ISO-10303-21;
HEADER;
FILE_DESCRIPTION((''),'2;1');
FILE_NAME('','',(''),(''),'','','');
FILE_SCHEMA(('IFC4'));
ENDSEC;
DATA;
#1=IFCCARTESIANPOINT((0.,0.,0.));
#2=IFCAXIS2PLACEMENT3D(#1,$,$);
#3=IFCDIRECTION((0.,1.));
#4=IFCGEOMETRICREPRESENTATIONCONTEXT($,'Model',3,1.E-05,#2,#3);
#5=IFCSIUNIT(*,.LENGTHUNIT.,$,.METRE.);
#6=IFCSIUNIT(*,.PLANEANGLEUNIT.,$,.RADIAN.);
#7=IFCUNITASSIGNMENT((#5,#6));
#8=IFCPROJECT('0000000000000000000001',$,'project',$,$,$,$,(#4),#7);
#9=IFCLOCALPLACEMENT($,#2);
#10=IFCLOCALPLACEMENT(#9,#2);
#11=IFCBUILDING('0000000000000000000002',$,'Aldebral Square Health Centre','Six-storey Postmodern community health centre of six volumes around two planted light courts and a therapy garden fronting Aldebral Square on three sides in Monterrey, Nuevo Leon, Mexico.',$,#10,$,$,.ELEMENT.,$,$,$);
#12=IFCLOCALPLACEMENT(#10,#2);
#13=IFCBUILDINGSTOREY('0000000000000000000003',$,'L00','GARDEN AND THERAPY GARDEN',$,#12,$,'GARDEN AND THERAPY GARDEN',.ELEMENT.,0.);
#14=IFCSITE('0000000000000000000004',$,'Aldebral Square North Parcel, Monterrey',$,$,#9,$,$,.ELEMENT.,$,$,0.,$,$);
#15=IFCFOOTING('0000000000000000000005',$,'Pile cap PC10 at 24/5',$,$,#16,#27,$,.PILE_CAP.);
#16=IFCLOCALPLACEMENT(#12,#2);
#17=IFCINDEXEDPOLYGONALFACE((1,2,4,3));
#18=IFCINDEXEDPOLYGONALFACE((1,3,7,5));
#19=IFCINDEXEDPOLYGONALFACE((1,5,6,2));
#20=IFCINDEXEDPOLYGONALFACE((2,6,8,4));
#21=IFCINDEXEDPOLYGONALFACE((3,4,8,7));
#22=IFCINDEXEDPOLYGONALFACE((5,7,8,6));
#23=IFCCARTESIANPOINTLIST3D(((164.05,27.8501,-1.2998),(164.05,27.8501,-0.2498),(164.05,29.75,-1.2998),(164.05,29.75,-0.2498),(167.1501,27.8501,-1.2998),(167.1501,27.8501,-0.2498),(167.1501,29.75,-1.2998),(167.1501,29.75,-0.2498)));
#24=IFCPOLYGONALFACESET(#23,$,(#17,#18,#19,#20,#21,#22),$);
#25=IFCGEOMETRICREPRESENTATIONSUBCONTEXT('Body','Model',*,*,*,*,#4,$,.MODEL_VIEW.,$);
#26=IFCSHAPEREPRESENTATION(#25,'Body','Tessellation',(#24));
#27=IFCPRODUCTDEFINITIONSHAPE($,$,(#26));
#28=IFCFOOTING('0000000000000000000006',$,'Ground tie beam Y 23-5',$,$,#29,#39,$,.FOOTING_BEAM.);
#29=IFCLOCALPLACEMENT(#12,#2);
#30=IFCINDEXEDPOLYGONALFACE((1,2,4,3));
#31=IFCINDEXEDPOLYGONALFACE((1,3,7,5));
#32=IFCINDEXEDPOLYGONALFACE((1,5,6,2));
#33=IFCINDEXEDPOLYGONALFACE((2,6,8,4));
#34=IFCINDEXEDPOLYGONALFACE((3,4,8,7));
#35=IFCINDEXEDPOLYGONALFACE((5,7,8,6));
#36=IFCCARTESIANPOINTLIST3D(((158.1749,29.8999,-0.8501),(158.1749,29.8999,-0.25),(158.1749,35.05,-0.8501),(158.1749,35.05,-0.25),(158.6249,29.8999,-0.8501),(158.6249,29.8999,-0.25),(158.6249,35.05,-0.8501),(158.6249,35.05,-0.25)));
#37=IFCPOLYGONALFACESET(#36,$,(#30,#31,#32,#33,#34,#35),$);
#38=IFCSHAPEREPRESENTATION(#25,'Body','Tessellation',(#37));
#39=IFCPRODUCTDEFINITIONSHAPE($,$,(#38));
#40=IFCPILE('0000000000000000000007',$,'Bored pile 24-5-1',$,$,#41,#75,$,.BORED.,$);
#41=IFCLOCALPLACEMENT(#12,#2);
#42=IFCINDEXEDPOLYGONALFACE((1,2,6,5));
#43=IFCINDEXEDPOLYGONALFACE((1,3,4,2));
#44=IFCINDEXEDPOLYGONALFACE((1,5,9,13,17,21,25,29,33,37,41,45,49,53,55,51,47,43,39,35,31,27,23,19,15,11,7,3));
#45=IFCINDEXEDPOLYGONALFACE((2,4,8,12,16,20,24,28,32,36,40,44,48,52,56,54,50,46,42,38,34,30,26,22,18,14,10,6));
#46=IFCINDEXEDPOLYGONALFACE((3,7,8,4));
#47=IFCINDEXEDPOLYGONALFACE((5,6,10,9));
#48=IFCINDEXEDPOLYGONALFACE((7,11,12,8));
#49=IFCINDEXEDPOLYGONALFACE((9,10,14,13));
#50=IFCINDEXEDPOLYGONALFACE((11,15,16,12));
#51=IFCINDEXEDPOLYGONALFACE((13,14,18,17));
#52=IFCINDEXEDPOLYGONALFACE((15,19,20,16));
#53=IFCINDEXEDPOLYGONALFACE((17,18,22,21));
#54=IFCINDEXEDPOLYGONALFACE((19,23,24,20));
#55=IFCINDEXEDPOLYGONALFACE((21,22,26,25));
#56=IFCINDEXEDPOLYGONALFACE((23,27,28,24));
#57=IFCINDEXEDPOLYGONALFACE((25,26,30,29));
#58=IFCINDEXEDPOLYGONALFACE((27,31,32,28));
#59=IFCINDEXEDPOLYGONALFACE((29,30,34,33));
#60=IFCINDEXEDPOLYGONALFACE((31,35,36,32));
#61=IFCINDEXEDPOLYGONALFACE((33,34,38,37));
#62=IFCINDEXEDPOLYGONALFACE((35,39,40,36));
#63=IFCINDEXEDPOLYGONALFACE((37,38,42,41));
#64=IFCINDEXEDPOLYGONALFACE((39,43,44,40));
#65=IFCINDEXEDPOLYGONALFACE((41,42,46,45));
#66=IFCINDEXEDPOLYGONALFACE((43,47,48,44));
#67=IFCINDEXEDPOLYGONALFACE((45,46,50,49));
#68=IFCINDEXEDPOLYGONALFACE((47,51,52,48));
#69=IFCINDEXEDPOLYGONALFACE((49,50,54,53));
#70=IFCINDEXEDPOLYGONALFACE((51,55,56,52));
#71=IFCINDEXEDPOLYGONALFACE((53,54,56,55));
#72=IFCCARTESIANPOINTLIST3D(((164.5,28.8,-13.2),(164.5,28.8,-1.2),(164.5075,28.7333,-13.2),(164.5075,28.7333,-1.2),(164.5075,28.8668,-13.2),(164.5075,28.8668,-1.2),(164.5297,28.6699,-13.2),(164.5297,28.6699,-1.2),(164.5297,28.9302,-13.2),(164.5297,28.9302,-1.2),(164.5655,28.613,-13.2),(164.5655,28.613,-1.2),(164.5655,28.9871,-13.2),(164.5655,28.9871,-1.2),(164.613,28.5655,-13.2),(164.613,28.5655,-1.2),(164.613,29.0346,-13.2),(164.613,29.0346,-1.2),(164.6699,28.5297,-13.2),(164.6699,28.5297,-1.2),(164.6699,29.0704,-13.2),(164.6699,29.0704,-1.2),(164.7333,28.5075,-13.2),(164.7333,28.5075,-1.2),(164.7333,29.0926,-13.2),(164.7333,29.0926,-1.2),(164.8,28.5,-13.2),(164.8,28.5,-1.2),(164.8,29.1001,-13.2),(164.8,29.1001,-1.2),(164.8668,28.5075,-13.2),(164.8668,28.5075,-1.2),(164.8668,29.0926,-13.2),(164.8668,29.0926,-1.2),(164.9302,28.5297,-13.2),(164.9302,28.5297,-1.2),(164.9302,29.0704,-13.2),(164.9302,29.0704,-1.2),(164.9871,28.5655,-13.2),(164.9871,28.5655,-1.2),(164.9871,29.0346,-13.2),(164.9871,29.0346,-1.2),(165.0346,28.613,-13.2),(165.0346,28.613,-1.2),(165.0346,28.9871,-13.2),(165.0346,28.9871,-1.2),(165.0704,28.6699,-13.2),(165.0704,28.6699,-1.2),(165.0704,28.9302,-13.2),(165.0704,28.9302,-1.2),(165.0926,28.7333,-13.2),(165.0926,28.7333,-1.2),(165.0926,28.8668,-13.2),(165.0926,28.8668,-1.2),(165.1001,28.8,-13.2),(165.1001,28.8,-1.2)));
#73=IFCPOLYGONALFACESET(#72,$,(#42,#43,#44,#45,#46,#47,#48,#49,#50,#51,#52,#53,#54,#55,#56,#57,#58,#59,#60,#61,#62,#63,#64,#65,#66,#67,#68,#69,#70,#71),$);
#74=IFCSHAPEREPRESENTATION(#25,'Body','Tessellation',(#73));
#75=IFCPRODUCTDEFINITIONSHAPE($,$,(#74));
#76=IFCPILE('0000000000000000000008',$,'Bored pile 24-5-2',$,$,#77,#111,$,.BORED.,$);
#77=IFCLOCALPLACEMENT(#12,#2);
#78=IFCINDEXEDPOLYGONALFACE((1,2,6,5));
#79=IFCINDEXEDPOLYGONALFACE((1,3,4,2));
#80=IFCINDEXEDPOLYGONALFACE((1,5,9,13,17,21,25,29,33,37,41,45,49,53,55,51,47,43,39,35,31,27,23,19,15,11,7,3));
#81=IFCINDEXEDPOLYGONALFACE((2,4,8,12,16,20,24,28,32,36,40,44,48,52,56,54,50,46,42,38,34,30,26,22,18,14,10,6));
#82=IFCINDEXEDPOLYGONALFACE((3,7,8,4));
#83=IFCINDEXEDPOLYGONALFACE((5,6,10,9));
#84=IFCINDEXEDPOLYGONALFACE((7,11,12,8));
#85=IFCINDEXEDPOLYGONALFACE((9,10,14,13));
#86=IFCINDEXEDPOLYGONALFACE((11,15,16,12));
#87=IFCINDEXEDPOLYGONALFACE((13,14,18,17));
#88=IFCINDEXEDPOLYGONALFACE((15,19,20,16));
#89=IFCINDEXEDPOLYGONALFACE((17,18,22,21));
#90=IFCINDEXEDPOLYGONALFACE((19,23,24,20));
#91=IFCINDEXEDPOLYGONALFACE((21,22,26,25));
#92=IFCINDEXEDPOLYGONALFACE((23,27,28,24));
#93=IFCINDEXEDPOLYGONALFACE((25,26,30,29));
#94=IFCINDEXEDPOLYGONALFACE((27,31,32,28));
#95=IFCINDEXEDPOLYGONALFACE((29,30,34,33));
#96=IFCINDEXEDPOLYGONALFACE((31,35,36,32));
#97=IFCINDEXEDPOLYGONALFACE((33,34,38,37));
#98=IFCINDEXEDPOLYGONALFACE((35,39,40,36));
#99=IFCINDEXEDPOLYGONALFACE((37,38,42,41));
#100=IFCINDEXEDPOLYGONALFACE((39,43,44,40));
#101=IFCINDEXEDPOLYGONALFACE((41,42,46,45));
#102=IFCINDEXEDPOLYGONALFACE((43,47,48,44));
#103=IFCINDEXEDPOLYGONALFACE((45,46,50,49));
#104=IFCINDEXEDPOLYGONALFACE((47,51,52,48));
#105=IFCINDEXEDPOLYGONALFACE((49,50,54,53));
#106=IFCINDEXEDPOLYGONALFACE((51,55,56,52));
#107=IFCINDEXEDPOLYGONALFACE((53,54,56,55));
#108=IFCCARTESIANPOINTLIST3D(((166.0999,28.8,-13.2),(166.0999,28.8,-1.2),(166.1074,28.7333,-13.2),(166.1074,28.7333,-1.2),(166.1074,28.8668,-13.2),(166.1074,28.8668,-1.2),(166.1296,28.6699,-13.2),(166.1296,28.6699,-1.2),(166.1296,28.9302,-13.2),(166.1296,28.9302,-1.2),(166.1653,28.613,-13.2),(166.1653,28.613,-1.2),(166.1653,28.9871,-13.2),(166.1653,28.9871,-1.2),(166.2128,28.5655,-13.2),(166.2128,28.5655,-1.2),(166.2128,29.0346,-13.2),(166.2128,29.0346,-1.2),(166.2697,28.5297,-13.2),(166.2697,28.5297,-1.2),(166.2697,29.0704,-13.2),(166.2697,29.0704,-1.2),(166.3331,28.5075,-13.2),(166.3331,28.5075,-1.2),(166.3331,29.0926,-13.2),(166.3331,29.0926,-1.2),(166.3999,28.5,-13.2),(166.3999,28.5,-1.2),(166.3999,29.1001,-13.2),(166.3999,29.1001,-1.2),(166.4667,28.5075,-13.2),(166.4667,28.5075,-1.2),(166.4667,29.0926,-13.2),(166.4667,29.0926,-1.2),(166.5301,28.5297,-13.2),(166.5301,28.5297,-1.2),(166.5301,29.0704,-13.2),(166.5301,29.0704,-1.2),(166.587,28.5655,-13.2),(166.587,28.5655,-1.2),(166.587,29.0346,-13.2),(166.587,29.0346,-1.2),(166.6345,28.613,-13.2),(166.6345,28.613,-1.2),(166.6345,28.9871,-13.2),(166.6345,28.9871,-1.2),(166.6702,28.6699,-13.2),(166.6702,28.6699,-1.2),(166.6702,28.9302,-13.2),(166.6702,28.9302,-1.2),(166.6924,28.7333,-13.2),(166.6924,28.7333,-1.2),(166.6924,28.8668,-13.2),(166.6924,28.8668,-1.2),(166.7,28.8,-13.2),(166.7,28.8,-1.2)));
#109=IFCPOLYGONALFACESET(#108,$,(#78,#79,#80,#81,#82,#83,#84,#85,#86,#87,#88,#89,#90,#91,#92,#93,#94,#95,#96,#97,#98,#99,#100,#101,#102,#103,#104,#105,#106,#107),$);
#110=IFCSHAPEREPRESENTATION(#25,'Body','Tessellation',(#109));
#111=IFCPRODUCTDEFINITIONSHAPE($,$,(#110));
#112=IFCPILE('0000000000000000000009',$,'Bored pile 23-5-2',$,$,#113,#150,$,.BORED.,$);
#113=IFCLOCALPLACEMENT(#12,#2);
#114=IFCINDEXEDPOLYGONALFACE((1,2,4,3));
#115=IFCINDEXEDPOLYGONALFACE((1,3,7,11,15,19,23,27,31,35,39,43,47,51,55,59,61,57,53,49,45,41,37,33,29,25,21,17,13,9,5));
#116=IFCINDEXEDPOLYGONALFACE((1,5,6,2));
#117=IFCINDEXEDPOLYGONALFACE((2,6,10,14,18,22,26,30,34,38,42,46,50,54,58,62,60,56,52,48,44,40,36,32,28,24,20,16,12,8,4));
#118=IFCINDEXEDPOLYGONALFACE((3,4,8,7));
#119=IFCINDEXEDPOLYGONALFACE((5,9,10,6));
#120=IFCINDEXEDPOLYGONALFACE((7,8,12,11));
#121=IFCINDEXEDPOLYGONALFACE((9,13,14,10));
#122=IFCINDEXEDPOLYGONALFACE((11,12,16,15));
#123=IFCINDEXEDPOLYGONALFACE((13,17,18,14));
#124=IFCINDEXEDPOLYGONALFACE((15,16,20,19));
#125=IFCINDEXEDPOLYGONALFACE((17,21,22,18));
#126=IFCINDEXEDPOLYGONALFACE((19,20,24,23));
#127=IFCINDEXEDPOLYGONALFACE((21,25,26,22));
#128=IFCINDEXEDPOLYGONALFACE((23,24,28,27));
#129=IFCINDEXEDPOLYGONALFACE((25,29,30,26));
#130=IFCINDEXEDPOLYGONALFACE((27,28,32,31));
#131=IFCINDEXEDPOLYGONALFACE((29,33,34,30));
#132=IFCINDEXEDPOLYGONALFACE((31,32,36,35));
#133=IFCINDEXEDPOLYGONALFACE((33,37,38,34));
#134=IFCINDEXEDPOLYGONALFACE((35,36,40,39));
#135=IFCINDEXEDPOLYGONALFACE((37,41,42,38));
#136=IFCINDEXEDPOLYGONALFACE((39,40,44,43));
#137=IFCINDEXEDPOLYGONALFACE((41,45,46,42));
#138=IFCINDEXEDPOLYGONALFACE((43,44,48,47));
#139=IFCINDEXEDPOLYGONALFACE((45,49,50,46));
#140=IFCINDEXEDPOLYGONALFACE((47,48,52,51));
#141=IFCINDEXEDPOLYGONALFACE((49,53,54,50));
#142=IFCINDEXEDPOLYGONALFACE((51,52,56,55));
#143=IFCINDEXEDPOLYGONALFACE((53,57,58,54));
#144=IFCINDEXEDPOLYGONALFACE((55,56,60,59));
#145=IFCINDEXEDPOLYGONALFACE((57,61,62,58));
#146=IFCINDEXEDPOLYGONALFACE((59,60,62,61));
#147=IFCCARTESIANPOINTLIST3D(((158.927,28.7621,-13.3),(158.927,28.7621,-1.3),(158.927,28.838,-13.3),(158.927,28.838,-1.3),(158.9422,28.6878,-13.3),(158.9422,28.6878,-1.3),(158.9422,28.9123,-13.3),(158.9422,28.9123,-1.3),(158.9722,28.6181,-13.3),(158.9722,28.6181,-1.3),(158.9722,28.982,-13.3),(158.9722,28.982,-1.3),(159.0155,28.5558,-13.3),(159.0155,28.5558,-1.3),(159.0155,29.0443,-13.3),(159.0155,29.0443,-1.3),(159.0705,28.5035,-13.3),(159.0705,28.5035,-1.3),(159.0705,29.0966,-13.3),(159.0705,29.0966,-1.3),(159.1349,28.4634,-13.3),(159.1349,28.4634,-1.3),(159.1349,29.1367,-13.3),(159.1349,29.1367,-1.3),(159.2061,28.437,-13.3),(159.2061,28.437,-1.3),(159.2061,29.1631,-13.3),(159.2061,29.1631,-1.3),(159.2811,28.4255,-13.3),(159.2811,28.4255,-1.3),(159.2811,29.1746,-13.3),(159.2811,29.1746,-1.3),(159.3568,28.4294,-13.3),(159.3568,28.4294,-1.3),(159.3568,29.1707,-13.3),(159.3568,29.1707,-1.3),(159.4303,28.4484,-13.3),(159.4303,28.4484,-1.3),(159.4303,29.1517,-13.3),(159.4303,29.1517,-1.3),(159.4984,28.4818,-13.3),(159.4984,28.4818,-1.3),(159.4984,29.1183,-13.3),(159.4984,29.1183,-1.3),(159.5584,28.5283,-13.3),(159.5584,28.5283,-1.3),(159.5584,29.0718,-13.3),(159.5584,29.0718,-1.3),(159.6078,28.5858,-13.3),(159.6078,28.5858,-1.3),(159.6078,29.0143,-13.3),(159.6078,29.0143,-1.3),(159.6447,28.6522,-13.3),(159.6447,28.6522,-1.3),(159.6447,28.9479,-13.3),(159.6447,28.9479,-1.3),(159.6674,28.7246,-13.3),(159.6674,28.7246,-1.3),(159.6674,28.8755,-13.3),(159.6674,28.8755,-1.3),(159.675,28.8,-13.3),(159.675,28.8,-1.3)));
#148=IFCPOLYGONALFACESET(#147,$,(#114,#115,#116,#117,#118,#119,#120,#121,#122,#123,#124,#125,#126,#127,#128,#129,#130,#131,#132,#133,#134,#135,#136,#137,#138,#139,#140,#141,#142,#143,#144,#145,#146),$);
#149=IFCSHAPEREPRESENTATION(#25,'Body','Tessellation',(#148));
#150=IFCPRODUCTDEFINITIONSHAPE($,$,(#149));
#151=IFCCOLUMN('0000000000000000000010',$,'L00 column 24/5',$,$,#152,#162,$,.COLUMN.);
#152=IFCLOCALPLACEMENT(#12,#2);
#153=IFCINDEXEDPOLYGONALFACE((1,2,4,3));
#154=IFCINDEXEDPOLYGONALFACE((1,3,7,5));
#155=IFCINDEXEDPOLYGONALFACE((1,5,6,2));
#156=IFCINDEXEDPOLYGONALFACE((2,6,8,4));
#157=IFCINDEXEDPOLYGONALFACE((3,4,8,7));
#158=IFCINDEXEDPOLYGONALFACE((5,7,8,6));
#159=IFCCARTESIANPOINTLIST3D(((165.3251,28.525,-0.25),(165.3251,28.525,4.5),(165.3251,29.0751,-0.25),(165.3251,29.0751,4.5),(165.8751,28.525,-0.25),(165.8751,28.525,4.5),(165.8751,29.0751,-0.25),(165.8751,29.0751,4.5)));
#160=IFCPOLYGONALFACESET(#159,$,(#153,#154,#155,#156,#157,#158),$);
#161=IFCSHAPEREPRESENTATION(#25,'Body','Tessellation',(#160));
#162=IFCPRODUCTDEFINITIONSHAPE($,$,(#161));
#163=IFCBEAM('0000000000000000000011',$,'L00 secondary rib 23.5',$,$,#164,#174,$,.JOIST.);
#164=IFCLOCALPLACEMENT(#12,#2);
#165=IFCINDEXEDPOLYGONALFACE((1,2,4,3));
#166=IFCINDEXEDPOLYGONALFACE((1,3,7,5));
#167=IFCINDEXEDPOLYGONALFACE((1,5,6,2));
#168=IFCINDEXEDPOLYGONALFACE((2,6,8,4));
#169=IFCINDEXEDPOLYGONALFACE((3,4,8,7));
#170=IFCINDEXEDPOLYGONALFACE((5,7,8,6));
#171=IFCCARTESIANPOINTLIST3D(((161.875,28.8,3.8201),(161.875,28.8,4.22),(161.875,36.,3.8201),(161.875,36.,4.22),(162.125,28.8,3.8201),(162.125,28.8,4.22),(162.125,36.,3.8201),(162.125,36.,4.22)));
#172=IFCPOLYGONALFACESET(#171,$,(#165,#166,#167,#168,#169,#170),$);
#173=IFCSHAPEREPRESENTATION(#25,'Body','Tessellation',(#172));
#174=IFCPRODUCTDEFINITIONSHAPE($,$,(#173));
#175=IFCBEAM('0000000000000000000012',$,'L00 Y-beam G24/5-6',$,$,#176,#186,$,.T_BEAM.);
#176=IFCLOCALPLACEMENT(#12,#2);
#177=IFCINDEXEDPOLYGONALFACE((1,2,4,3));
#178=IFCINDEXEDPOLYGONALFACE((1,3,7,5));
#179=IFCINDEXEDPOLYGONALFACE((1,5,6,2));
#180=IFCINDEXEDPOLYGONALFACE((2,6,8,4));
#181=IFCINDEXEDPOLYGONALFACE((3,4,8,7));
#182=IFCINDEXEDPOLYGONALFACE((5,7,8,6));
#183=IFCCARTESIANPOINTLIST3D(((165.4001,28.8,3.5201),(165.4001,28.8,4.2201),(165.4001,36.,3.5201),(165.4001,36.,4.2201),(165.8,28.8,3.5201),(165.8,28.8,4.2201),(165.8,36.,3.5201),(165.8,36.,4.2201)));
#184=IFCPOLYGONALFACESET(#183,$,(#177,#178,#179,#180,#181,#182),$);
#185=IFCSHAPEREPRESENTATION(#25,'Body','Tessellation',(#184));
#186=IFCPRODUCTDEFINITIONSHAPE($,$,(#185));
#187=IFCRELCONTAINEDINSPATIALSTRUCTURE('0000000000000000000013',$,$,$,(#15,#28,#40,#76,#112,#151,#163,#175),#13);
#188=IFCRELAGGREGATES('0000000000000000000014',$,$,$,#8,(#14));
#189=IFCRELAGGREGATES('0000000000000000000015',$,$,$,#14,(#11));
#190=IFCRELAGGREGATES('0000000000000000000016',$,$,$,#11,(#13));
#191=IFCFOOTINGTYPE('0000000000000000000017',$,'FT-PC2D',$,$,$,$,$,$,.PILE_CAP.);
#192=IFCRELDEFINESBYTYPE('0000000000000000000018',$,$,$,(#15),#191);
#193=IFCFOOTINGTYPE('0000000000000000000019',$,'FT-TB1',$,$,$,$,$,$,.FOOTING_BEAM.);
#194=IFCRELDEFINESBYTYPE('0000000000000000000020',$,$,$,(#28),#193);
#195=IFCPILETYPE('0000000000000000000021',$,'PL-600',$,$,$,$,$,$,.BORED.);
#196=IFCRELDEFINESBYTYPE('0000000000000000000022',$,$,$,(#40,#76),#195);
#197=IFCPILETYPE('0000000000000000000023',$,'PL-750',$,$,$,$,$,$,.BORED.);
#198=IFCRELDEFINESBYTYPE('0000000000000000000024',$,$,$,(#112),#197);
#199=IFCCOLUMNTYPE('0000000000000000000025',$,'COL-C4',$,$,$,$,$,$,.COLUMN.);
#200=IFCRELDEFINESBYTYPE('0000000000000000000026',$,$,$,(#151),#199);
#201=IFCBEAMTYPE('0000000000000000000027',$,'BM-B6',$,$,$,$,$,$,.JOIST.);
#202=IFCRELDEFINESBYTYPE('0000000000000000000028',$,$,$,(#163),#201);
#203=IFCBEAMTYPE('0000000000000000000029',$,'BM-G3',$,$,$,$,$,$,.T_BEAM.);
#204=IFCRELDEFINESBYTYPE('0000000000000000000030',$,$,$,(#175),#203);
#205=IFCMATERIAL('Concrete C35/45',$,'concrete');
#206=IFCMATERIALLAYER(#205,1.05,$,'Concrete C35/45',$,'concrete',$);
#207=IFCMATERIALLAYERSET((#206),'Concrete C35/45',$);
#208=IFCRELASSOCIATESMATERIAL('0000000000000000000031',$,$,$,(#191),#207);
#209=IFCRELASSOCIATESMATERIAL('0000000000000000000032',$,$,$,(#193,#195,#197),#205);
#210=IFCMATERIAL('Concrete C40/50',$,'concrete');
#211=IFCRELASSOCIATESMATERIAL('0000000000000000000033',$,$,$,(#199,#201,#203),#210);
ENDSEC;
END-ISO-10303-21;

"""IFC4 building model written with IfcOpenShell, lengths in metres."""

from ifc_helpers import new_model, si_unit, direction, frame, origin, origin_2d, place, context, subcontext, project, spatial, rectangle, circle, extrude, material, layer, layer_set, material_profile, profile_set, type_object, element, save


model = new_model("IFC4")

# Units and contexts
model_context = context("Model", 3, precision=1e-05, world=origin(), true_north=direction((0.0, 1.0)))
body_context = subcontext(model_context, "Body", "Model", "MODEL_VIEW")
ifc_project = project(units=[si_unit("LENGTHUNIT", "METRE"), si_unit("PLANEANGLEUNIT", "RADIAN")], contexts=[model_context])

# Site, building, storey
site_placement = place(None, origin())
site = spatial("IfcSite", under=ifc_project, at=site_placement, Name="Aldebral Square North Parcel, Monterrey", CompositionType="ELEMENT", RefElevation=0.0)
building_placement = place(site_placement, origin())
building = spatial("IfcBuilding", under=site, at=building_placement, Name="Aldebral Square Health Centre", Description="Six-storey Postmodern community health centre of six volumes around two planted light courts and a therapy garden fronting Aldebral Square on three sides in Monterrey, Nuevo Leon, Mexico.", CompositionType="ELEMENT")
storey_placement = place(building_placement, origin())
storey = spatial("IfcBuildingStorey", under=building, at=storey_placement, Name="L00", Description="GARDEN AND THERAPY GARDEN", LongName="GARDEN AND THERAPY GARDEN", CompositionType="ELEMENT", Elevation=0.0)

# Footings
ifc_material_1 = material(Name="Concrete C35/45", Category="concrete")
ifc_layer_1 = layer(ifc_material_1, 1.05, Name="Concrete C35/45", Category="concrete")
ifc_layer_set_1 = layer_set([ifc_layer_1], Name="Concrete C35/45")
footing_type_1 = type_object("IfcFootingType", Name="FT-PC2D", PredefinedType="PILE_CAP", material=ifc_layer_set_1)
footing_1_placement = place(storey_placement, frame((165.6001, 28.8, -1.2998), z_axis=(0.0, 0.0, 1.0), x_axis=(1.0, 0.0, 0.0)))
element("IfcFooting", 1, at=footing_1_placement, inside=storey, type_object=footing_type_1, Name="Pile cap PC10 at 24/5", PredefinedType="PILE_CAP", context=body_context, shape_type="SweptSolid", body=[
    extrude(rectangle(XDim=3.1001, YDim=1.8999, at=origin_2d()), origin(), (0.0, 0.0, 1.0), 1.05),
])
ifc_material_profile_1 = material_profile(ifc_material_1, rectangle(XDim=0.45, YDim=0.6001, at=origin_2d()), Name="RC 450x600")
ifc_profile_set_1 = profile_set([ifc_material_profile_1], Name="Concrete C35/45")
footing_type_2 = type_object("IfcFootingType", Name="FT-TB1", PredefinedType="FOOTING_BEAM", material=ifc_profile_set_1)
footing_2_placement = place(storey_placement, frame((158.3999, 29.8999, -0.55), z_axis=(0.0, 1.0, 0.0), x_axis=(-1.0, 0.0, 0.0)))
element("IfcFooting", 2, at=footing_2_placement, inside=storey, type_object=footing_type_2, Name="Ground tie beam Y 23-5", PredefinedType="FOOTING_BEAM", context=body_context, shape_type="SweptSolid", body=[
    extrude(rectangle(XDim=0.45, YDim=0.6001, at=origin_2d()), origin(), (0.0, 0.0, 1.0), 5.1501),
])

# Piles
ifc_material_profile_2 = material_profile(ifc_material_1, circle(Radius=0.3, at=origin_2d()), Name="PILE D600")
ifc_profile_set_2 = profile_set([ifc_material_profile_2], Name="Concrete C35/45")
pile_type_1 = type_object("IfcPileType", Name="PL-600", PredefinedType="BORED", material=ifc_profile_set_2)
for number, where, z_axis, x_axis, name in (
    (3, (164.8, 28.8, -1.2), (0.0, 0.0, -1.0), (1.0, 0.0, 0.0), "Bored pile 24-5-1"),
    (4, (166.3999, 28.8, -1.2), (0.0, 0.0, -1.0), (1.0, 0.0, 0.0), "Bored pile 24-5-2"),
):
    element("IfcPile", number, at=place(storey_placement, frame(where, z_axis=z_axis, x_axis=x_axis)), inside=storey, type_object=pile_type_1, Name=name, PredefinedType="BORED", context=body_context, shape_type="SweptSolid", body=[
        extrude(circle(Radius=0.3, at=origin_2d()), origin(), (0.0, 0.0, 1.0), 12.0),
    ])
ifc_material_profile_3 = material_profile(ifc_material_1, circle(Radius=0.375, at=origin_2d()), Name="PILE D750")
ifc_profile_set_3 = profile_set([ifc_material_profile_3], Name="Concrete C35/45")
pile_type_2 = type_object("IfcPileType", Name="PL-750", PredefinedType="BORED", material=ifc_profile_set_3)
pile_placement = place(storey_placement, frame((159.3, 28.8, -1.3), z_axis=(0.0, 0.0, -1.0), x_axis=(1.0, 0.0, 0.0)))
element("IfcPile", 5, at=pile_placement, inside=storey, type_object=pile_type_2, Name="Bored pile 23-5-2", PredefinedType="BORED", context=body_context, shape_type="SweptSolid", body=[
    extrude(circle(Radius=0.375, at=origin_2d()), origin(), (0.0, 0.0, 1.0), 12.0),
])

# Column
ifc_material_2 = material(Name="Concrete C40/50", Category="concrete")
ifc_material_profile_4 = material_profile(ifc_material_2, rectangle(XDim=0.55, YDim=0.55, at=origin_2d()), Name="RC 550x550")
ifc_profile_set_4 = profile_set([ifc_material_profile_4], Name="Concrete C40/50")
column_type = type_object("IfcColumnType", Name="COL-C4", PredefinedType="COLUMN", material=ifc_profile_set_4)
column_placement = place(storey_placement, frame((165.6001, 28.8, -0.25), z_axis=(0.0, 0.0, 1.0), x_axis=(1.0, 0.0, 0.0)))
element("IfcColumn", 6, at=column_placement, inside=storey, type_object=column_type, Name="L00 column 24/5", PredefinedType="COLUMN", context=body_context, shape_type="SweptSolid", body=[
    extrude(rectangle(XDim=0.55, YDim=0.55, at=origin_2d()), origin(), (0.0, 0.0, 1.0), 4.75),
])

# Beams
ifc_material_profile_5 = material_profile(ifc_material_2, rectangle(XDim=0.25, YDim=0.3999, at=origin_2d()), Name="RC 250x400")
ifc_profile_set_5 = profile_set([ifc_material_profile_5], Name="Concrete C40/50")
beam_type_1 = type_object("IfcBeamType", Name="BM-B6", PredefinedType="JOIST", material=ifc_profile_set_5)
beam_1_placement = place(storey_placement, frame((162.0, 28.8, 4.02), z_axis=(0.0, 1.0, 0.0), x_axis=(-1.0, 0.0, 0.0)))
element("IfcBeam", 7, at=beam_1_placement, inside=storey, type_object=beam_type_1, Name="L00 secondary rib 23.5", PredefinedType="JOIST", context=body_context, shape_type="SweptSolid", body=[
    extrude(rectangle(XDim=0.25, YDim=0.3999, at=origin_2d()), origin(), (0.0, 0.0, 1.0), 7.2),
])
ifc_material_profile_6 = material_profile(ifc_material_2, rectangle(XDim=0.3999, YDim=0.7, at=origin_2d()), Name="RC 400x700")
ifc_profile_set_6 = profile_set([ifc_material_profile_6], Name="Concrete C40/50")
beam_type_2 = type_object("IfcBeamType", Name="BM-G3", PredefinedType="T_BEAM", material=ifc_profile_set_6)
beam_2_placement = place(storey_placement, frame((165.6001, 28.8, 3.8701), z_axis=(0.0, 1.0, 0.0), x_axis=(-1.0, 0.0, 0.0)))
element("IfcBeam", 8, at=beam_2_placement, inside=storey, type_object=beam_type_2, Name="L00 Y-beam G24/5-6", PredefinedType="T_BEAM", context=body_context, shape_type="SweptSolid", body=[
    extrude(rectangle(XDim=0.3999, YDim=0.7, at=origin_2d()), origin(), (0.0, 0.0, 1.0), 7.2),
])

save(model, "model.ifc")
